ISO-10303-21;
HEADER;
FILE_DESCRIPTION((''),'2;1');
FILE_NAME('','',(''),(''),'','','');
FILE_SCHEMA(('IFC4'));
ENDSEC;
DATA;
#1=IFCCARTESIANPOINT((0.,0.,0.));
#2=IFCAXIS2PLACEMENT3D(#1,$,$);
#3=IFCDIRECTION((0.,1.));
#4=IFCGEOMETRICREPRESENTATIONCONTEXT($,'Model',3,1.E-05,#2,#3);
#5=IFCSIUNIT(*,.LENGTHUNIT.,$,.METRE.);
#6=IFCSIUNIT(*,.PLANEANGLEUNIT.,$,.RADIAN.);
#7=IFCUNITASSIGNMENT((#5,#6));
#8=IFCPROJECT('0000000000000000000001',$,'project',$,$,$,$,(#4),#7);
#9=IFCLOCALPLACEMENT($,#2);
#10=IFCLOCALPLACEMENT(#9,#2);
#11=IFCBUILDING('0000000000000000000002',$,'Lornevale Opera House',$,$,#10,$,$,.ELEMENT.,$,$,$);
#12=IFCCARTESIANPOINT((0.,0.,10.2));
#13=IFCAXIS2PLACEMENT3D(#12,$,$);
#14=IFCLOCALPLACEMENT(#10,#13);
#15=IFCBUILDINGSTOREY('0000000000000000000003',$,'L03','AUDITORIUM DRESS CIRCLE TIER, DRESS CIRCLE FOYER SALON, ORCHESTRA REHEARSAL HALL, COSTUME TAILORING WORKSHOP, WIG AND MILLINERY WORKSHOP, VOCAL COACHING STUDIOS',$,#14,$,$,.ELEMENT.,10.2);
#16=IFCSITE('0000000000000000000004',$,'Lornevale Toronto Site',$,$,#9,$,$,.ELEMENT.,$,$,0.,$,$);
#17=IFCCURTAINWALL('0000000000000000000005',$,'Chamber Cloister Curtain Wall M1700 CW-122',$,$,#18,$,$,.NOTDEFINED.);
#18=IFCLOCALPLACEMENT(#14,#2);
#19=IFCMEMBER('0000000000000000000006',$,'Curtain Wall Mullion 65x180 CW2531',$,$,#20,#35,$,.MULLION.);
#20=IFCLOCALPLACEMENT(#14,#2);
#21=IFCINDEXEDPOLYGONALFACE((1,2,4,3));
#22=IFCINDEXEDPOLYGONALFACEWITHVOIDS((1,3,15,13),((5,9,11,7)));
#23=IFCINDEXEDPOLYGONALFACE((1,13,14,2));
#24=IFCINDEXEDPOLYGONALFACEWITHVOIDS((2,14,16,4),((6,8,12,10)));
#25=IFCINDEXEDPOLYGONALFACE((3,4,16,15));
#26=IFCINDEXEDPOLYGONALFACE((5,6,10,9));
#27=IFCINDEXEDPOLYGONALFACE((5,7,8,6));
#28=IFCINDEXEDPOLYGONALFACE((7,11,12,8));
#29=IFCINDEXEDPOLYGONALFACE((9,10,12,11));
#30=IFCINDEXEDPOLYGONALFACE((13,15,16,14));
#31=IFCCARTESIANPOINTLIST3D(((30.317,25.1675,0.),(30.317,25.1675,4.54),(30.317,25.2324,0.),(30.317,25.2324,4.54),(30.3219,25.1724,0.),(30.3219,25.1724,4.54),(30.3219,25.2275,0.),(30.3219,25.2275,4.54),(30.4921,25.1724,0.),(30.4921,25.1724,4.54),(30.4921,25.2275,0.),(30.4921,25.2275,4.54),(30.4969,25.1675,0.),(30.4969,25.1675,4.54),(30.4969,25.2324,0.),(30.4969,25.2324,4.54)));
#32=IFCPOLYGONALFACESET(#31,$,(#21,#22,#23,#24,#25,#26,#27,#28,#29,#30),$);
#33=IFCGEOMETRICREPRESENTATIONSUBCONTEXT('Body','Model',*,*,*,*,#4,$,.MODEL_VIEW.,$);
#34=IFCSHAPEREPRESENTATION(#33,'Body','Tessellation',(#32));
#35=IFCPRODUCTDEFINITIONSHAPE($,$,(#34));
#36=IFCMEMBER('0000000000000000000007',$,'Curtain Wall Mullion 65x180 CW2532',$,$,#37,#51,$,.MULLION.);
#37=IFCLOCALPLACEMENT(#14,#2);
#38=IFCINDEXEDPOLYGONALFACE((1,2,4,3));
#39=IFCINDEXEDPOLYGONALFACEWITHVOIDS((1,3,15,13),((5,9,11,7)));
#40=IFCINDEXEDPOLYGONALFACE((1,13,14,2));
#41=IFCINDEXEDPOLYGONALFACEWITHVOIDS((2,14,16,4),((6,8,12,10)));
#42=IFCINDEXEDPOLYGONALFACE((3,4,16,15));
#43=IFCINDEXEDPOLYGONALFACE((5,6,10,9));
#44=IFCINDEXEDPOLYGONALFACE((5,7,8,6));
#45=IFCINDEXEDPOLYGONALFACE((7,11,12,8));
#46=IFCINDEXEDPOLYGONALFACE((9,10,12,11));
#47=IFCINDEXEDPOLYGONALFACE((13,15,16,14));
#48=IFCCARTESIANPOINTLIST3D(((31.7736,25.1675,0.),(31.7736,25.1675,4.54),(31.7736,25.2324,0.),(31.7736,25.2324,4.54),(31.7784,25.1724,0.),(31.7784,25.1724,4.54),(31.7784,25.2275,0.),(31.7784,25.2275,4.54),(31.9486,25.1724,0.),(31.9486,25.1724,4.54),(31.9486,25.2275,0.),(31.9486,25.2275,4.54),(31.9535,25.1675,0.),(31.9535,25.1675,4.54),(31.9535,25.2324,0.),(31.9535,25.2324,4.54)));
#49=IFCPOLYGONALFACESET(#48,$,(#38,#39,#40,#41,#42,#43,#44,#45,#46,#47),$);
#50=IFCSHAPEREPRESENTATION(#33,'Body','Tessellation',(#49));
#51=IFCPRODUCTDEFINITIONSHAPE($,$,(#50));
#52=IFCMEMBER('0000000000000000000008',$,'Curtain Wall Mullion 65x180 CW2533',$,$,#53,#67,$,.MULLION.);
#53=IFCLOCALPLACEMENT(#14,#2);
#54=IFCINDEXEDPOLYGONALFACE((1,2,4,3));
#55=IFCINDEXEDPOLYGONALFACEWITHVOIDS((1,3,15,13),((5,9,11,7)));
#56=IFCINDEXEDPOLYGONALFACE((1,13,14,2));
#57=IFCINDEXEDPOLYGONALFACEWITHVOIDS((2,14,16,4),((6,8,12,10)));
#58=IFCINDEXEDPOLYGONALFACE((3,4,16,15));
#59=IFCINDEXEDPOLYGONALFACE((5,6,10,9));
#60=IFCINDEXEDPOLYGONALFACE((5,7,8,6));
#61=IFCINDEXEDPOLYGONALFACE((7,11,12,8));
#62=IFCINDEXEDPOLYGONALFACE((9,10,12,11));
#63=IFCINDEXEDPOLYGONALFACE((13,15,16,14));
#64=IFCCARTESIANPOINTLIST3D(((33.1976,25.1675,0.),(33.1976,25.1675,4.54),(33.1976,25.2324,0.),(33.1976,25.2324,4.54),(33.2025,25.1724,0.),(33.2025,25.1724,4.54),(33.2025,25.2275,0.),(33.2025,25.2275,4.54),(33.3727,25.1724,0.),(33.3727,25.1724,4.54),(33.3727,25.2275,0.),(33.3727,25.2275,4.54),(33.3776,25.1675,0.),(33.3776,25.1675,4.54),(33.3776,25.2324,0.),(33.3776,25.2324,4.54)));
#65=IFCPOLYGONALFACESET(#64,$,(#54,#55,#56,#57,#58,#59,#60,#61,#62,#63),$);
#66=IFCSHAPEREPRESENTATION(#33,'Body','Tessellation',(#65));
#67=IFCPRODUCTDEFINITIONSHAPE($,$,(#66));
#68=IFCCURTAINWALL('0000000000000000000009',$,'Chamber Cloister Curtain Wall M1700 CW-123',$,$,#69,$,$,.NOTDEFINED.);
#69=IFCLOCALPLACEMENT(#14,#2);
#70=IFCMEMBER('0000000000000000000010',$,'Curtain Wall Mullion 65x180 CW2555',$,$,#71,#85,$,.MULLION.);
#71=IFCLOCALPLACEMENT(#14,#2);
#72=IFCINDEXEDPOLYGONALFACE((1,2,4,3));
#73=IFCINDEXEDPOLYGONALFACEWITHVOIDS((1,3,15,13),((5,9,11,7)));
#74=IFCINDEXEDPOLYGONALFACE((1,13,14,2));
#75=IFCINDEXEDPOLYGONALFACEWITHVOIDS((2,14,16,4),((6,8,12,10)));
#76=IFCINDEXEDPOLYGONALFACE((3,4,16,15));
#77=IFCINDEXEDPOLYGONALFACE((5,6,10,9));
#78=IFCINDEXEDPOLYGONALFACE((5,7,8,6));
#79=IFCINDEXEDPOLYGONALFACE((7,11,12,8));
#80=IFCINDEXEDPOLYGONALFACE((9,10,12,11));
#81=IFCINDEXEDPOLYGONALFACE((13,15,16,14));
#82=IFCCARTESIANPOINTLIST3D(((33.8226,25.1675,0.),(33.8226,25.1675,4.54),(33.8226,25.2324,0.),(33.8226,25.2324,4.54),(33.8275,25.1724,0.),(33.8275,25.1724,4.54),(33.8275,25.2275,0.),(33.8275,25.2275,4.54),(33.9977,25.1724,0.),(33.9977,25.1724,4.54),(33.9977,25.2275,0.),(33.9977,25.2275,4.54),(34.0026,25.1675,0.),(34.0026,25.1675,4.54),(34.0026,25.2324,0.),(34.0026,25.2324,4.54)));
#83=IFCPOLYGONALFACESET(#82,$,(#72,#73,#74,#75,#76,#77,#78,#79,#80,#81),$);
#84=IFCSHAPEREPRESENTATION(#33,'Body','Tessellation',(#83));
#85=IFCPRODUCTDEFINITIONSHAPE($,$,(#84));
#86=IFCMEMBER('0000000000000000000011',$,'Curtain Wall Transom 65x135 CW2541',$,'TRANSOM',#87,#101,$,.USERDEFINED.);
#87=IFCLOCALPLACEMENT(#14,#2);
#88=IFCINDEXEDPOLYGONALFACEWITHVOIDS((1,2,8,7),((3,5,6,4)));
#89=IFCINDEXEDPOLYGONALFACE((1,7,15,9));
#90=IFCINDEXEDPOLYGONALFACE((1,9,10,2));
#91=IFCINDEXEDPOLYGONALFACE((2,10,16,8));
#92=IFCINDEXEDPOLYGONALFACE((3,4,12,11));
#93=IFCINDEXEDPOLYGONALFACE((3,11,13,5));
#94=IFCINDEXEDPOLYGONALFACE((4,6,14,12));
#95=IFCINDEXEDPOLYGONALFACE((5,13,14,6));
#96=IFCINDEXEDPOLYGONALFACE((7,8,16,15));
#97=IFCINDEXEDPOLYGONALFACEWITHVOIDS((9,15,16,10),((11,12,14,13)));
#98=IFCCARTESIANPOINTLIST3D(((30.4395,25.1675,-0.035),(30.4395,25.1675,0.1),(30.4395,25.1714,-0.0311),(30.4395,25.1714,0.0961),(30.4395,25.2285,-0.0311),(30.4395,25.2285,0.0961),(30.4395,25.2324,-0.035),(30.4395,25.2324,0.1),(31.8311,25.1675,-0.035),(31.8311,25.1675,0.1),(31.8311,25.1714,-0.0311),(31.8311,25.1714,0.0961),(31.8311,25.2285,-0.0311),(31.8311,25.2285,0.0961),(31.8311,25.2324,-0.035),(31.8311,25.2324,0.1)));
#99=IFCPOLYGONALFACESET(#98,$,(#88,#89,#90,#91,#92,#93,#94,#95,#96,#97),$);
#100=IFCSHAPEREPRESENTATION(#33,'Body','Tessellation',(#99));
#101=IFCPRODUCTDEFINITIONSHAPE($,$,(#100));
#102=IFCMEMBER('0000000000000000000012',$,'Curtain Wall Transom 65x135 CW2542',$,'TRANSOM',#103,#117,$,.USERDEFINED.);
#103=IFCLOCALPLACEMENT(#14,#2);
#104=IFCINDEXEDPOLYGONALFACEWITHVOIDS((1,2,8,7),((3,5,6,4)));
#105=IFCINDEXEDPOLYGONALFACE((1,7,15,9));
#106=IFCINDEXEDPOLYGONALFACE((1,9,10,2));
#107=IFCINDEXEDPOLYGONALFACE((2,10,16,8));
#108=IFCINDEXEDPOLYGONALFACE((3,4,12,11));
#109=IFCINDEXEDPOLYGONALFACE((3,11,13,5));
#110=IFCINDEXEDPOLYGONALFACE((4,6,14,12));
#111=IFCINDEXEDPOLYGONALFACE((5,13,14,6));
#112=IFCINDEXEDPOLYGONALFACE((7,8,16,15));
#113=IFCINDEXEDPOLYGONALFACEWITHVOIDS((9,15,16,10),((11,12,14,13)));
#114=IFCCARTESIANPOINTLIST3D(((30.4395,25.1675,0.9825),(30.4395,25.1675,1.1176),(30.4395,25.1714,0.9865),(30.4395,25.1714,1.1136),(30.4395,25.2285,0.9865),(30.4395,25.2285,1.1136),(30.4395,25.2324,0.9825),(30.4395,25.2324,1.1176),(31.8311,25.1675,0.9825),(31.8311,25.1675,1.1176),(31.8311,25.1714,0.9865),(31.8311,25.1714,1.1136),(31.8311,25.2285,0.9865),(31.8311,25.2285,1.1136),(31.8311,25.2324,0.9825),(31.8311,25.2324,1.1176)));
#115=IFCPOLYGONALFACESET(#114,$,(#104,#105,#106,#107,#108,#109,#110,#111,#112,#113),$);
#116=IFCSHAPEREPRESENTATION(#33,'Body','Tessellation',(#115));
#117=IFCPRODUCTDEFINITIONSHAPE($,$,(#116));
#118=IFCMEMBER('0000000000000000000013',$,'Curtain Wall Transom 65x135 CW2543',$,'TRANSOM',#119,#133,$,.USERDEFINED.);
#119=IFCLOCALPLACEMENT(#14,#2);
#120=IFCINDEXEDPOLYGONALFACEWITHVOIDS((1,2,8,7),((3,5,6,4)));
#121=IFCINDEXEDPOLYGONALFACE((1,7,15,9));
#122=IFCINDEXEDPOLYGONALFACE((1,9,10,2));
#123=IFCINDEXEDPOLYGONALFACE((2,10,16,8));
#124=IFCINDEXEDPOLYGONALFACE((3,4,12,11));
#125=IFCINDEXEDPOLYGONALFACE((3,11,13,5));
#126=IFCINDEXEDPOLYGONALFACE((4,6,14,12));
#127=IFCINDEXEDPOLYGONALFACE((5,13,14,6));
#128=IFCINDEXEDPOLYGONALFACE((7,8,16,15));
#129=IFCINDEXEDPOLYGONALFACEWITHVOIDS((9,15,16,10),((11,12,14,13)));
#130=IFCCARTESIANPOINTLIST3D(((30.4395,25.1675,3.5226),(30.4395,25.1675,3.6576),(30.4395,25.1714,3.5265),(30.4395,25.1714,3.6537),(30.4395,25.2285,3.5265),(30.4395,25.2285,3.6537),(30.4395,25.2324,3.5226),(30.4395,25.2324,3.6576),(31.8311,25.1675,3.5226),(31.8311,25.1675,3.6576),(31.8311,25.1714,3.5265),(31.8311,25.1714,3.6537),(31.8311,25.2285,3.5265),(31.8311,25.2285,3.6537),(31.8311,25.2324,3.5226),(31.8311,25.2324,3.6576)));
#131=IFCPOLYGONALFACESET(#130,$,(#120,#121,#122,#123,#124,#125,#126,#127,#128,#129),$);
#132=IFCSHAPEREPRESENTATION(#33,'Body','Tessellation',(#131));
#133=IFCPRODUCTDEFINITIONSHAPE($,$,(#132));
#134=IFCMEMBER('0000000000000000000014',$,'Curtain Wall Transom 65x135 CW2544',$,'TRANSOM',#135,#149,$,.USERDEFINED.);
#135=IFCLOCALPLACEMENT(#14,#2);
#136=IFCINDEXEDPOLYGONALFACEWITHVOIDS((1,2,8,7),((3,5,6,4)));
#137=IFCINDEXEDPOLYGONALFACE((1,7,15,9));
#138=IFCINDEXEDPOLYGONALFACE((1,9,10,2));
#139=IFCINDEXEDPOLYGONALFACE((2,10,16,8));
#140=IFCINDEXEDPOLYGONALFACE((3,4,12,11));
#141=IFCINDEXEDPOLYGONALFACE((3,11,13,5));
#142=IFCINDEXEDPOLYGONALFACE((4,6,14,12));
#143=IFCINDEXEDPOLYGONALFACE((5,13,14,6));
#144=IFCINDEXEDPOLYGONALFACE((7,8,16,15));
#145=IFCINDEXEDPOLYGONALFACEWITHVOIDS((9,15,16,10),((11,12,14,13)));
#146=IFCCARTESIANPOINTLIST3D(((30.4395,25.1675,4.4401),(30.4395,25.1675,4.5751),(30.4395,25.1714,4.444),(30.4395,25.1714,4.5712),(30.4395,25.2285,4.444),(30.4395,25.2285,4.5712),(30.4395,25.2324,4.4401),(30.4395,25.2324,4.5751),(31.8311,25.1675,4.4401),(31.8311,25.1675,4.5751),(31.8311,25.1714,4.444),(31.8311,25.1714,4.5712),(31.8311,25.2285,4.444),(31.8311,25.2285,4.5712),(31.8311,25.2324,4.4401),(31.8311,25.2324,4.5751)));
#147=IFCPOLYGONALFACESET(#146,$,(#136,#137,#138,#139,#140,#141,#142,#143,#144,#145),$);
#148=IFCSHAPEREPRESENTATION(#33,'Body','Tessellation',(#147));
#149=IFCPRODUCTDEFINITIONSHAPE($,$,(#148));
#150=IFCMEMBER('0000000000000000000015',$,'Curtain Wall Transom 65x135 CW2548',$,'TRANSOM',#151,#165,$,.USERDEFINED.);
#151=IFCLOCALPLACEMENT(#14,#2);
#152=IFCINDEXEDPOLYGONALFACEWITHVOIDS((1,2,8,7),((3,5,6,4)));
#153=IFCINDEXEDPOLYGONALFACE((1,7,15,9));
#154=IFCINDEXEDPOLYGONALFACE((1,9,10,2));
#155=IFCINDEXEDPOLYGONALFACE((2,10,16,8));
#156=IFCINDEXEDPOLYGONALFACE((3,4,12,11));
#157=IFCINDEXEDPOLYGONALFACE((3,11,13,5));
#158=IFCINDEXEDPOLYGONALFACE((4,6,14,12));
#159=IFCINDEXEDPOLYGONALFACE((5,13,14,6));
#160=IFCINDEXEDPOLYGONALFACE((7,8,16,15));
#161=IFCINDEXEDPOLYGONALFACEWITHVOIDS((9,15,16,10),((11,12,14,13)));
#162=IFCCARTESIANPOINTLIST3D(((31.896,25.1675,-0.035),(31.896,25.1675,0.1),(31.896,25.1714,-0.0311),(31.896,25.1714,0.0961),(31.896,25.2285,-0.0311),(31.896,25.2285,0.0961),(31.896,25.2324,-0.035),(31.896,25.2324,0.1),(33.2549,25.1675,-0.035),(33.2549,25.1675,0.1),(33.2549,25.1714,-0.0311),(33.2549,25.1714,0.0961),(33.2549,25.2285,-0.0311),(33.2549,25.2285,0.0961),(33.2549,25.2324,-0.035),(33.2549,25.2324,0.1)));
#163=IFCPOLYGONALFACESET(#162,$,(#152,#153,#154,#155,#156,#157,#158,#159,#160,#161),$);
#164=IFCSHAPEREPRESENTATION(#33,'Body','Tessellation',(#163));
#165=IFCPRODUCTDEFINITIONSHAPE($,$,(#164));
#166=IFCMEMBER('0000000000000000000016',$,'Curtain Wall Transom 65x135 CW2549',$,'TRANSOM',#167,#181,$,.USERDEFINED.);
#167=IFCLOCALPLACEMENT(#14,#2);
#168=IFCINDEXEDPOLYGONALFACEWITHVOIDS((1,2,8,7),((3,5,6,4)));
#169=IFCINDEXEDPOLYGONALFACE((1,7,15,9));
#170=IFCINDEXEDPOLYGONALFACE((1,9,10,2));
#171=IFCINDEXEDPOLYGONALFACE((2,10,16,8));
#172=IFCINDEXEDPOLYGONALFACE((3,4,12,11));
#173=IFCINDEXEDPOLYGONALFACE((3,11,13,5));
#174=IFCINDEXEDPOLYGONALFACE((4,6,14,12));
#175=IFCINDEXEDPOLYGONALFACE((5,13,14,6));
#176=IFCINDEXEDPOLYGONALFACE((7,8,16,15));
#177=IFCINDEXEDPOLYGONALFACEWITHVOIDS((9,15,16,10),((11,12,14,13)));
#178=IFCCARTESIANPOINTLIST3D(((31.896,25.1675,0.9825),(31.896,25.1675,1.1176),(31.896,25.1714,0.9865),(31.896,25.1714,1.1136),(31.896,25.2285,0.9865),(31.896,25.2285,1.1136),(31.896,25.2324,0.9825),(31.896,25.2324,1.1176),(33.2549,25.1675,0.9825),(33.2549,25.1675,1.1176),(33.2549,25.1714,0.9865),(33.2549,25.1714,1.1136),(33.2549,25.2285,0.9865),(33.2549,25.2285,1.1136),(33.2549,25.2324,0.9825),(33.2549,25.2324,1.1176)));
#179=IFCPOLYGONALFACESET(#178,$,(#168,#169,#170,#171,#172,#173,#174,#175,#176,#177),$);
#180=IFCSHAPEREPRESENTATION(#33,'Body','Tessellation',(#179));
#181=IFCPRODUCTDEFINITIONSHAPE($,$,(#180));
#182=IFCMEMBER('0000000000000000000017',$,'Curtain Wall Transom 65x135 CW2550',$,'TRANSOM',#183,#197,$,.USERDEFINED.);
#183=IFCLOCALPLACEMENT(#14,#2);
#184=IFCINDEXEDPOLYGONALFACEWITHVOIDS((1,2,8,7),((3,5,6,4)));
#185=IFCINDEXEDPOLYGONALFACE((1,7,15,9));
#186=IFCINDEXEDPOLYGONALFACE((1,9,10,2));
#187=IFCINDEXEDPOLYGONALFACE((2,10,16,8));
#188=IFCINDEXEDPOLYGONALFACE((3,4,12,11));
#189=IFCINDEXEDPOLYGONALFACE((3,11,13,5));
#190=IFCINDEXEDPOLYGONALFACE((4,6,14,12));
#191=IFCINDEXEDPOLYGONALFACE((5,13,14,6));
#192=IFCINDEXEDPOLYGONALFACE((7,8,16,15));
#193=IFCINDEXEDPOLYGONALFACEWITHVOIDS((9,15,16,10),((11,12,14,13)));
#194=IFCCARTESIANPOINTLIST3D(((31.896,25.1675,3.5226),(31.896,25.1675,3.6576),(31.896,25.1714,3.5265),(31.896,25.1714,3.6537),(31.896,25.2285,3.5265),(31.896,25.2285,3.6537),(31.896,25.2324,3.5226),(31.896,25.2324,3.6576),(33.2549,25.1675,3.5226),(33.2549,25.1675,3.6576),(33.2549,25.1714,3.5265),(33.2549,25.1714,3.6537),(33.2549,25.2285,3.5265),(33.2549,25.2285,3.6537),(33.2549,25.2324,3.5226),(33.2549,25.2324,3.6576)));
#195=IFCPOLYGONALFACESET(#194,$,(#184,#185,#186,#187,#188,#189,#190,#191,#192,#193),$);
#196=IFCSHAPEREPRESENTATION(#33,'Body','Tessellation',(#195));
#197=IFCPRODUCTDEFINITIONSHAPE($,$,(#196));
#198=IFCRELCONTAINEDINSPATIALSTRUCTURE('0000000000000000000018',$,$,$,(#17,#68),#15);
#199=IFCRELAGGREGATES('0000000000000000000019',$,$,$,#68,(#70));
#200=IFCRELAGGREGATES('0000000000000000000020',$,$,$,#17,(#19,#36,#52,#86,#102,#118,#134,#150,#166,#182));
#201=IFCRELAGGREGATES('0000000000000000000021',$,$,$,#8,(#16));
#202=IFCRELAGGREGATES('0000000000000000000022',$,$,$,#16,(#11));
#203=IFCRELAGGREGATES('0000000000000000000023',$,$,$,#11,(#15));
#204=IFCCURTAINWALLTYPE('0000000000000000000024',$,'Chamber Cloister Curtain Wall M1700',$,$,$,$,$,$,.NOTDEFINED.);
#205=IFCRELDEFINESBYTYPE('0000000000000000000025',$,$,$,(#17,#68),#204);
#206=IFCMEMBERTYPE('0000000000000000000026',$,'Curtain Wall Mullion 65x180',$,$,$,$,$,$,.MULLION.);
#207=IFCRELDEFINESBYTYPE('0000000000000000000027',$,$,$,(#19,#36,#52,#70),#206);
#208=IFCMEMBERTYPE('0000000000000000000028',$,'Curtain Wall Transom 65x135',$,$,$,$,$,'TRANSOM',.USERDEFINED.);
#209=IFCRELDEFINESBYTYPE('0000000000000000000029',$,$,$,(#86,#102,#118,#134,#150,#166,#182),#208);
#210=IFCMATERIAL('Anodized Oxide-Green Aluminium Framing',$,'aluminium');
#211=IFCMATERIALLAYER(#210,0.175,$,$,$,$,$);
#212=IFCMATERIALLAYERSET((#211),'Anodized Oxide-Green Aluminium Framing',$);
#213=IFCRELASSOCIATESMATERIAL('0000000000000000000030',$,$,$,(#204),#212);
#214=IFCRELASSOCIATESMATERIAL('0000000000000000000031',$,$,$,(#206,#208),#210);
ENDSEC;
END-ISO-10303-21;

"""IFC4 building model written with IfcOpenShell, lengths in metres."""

from ifc_helpers import new_model, si_unit, direction, frame, origin, origin_2d, place, context, subcontext, project, spatial, hollow_rectangle, extrude, material, layer, layer_set, material_profile, profile_set, type_object, element, aggregate, save


model = new_model("IFC4")

# Units and contexts
model_context = context("Model", 3, precision=1e-05, world=origin(), true_north=direction((0.0, 1.0)))
body_context = subcontext(model_context, "Body", "Model", "MODEL_VIEW")
ifc_project = project(units=[si_unit("LENGTHUNIT", "METRE"), si_unit("PLANEANGLEUNIT", "RADIAN")], contexts=[model_context])

# Site, building, storey
site_placement = place(None, origin())
site = spatial("IfcSite", under=ifc_project, at=site_placement, Name="Lornevale Toronto Site", CompositionType="ELEMENT", RefElevation=0.0)
building_placement = place(site_placement, origin())
building = spatial("IfcBuilding", under=site, at=building_placement, Name="Lornevale Opera House", CompositionType="ELEMENT")
storey_placement = place(building_placement, frame((0.0, 0.0, 10.2)))
storey = spatial("IfcBuildingStorey", under=building, at=storey_placement, Name="L03", Description="AUDITORIUM DRESS CIRCLE TIER, DRESS CIRCLE FOYER SALON, ORCHESTRA REHEARSAL HALL, COSTUME TAILORING WORKSHOP, WIG AND MILLINERY WORKSHOP, VOCAL COACHING STUDIOS", CompositionType="ELEMENT", Elevation=10.2)

# Curtain wall, members
ifc_material_1 = material(Name="Anodized Oxide-Green Aluminium Framing", Category="aluminium")
ifc_layer_1 = layer(ifc_material_1, 0.175)
ifc_layer_set_1 = layer_set([ifc_layer_1], Name="Anodized Oxide-Green Aluminium Framing")
curtain_wall_type = type_object("IfcCurtainWallType", Name="Chamber Cloister Curtain Wall M1700", PredefinedType="NOTDEFINED", material=ifc_layer_set_1)
curtain_wall_1_placement = place(storey_placement, origin())
curtain_wall_1 = element("IfcCurtainWall", 1, at=curtain_wall_1_placement, inside=storey, type_object=curtain_wall_type, Name="Chamber Cloister Curtain Wall M1700 CW-122", PredefinedType="NOTDEFINED")
ifc_material_profile_1 = material_profile(ifc_material_1, hollow_rectangle(XDim=0.0649, YDim=0.1799, WallThickness=0.0049, at=origin_2d()), Name="ALU65x180x5")
ifc_profile_set_1 = profile_set([ifc_material_profile_1], Name="Anodized Oxide-Green Aluminium Framing")
member_type_1 = type_object("IfcMemberType", Name="Curtain Wall Mullion 65x180", PredefinedType="MULLION", material=ifc_profile_set_1)
member_1_placement = place(storey_placement, frame((30.407, 25.2, 0.0), z_axis=(0.0, 0.0, 1.0), x_axis=(0.0, 1.0, 0.0)))
member_1 = element("IfcMember", 2, at=member_1_placement, type_object=member_type_1, Name="Curtain Wall Mullion 65x180 CW2531", PredefinedType="MULLION", context=body_context, shape_type="SweptSolid", body=[
    extrude(hollow_rectangle(XDim=0.0649, YDim=0.1799, WallThickness=0.0049, at=origin_2d()), origin(), (0.0, 0.0, 1.0), 4.54),
])
member_2_placement = place(storey_placement, frame((31.8635, 25.2, 0.0), z_axis=(0.0, 0.0, 1.0), x_axis=(0.0, 1.0, 0.0)))
member_2 = element("IfcMember", 3, at=member_2_placement, type_object=member_type_1, Name="Curtain Wall Mullion 65x180 CW2532", PredefinedType="MULLION", context=body_context, shape_type="SweptSolid", body=[
    extrude(hollow_rectangle(XDim=0.0649, YDim=0.1799, WallThickness=0.0049, at=origin_2d()), origin(), (0.0, 0.0, 1.0), 4.54),
])
member_3_placement = place(storey_placement, frame((33.2876, 25.2, 0.0), z_axis=(0.0, 0.0, 1.0), x_axis=(0.0, 1.0, 0.0)))
member_3 = element("IfcMember", 4, at=member_3_placement, type_object=member_type_1, Name="Curtain Wall Mullion 65x180 CW2533", PredefinedType="MULLION", context=body_context, shape_type="SweptSolid", body=[
    extrude(hollow_rectangle(XDim=0.0649, YDim=0.1799, WallThickness=0.0049, at=origin_2d()), origin(), (0.0, 0.0, 1.0), 4.54),
])

# Curtain wall, member
curtain_wall_2_placement = place(storey_placement, origin())
curtain_wall_2 = element("IfcCurtainWall", 5, at=curtain_wall_2_placement, inside=storey, type_object=curtain_wall_type, Name="Chamber Cloister Curtain Wall M1700 CW-123", PredefinedType="NOTDEFINED")
member_4_placement = place(storey_placement, frame((33.9126, 25.2, 0.0), z_axis=(0.0, 0.0, 1.0), x_axis=(0.0, 1.0, 0.0)))
member_4 = element("IfcMember", 6, at=member_4_placement, type_object=member_type_1, Name="Curtain Wall Mullion 65x180 CW2555", PredefinedType="MULLION", context=body_context, shape_type="SweptSolid", body=[
    extrude(hollow_rectangle(XDim=0.0649, YDim=0.1799, WallThickness=0.0049, at=origin_2d()), origin(), (0.0, 0.0, 1.0), 4.54),
])
aggregate(curtain_wall_2, [member_4])

# Members
ifc_material_profile_2 = material_profile(ifc_material_1, hollow_rectangle(XDim=0.0649, YDim=0.135, WallThickness=0.0039, at=origin_2d()), Name="ALU65x135x4")
ifc_profile_set_2 = profile_set([ifc_material_profile_2], Name="Anodized Oxide-Green Aluminium Framing")
member_type_2 = type_object("IfcMemberType", Name="Curtain Wall Transom 65x135", ElementType="TRANSOM", PredefinedType="USERDEFINED", material=ifc_profile_set_2)
member_5_placement = place(storey_placement, frame((30.4395, 25.2, 0.0325), z_axis=(1.0, 0.0, 0.0), x_axis=(0.0, 1.0, 0.0)))
member_5 = element("IfcMember", 7, at=member_5_placement, type_object=member_type_2, Name="Curtain Wall Transom 65x135 CW2541", ObjectType="TRANSOM", PredefinedType="USERDEFINED", context=body_context, shape_type="SweptSolid", body=[
    extrude(hollow_rectangle(XDim=0.0649, YDim=0.135, WallThickness=0.0039, at=origin_2d()), origin(), (0.0, 0.0, 1.0), 1.3916),
])
member_6_placement = place(storey_placement, frame((30.4395, 25.2, 1.05), z_axis=(1.0, 0.0, 0.0), x_axis=(0.0, 1.0, 0.0)))
member_6 = element("IfcMember", 8, at=member_6_placement, type_object=member_type_2, Name="Curtain Wall Transom 65x135 CW2542", ObjectType="TRANSOM", PredefinedType="USERDEFINED", context=body_context, shape_type="SweptSolid", body=[
    extrude(hollow_rectangle(XDim=0.0649, YDim=0.135, WallThickness=0.0039, at=origin_2d()), origin(), (0.0, 0.0, 1.0), 1.3916),
])
member_7_placement = place(storey_placement, frame((30.4395, 25.2, 3.5901), z_axis=(1.0, 0.0, 0.0), x_axis=(0.0, 1.0, 0.0)))
member_7 = element("IfcMember", 9, at=member_7_placement, type_object=member_type_2, Name="Curtain Wall Transom 65x135 CW2543", ObjectType="TRANSOM", PredefinedType="USERDEFINED", context=body_context, shape_type="SweptSolid", body=[
    extrude(hollow_rectangle(XDim=0.0649, YDim=0.135, WallThickness=0.0039, at=origin_2d()), origin(), (0.0, 0.0, 1.0), 1.3916),
])
member_8_placement = place(storey_placement, frame((30.4395, 25.2, 4.5076), z_axis=(1.0, 0.0, 0.0), x_axis=(0.0, 1.0, 0.0)))
member_8 = element("IfcMember", 10, at=member_8_placement, type_object=member_type_2, Name="Curtain Wall Transom 65x135 CW2544", ObjectType="TRANSOM", PredefinedType="USERDEFINED", context=body_context, shape_type="SweptSolid", body=[
    extrude(hollow_rectangle(XDim=0.0649, YDim=0.135, WallThickness=0.0039, at=origin_2d()), origin(), (0.0, 0.0, 1.0), 1.3916),
])
member_9_placement = place(storey_placement, frame((31.896, 25.2, 0.0325), z_axis=(1.0, 0.0, 0.0), x_axis=(0.0, 1.0, 0.0)))
member_9 = element("IfcMember", 11, at=member_9_placement, type_object=member_type_2, Name="Curtain Wall Transom 65x135 CW2548", ObjectType="TRANSOM", PredefinedType="USERDEFINED", context=body_context, shape_type="SweptSolid", body=[
    extrude(hollow_rectangle(XDim=0.0649, YDim=0.135, WallThickness=0.0039, at=origin_2d()), origin(), (0.0, 0.0, 1.0), 1.3589),
])
member_10_placement = place(storey_placement, frame((31.896, 25.2, 1.05), z_axis=(1.0, 0.0, 0.0), x_axis=(0.0, 1.0, 0.0)))
member_10 = element("IfcMember", 12, at=member_10_placement, type_object=member_type_2, Name="Curtain Wall Transom 65x135 CW2549", ObjectType="TRANSOM", PredefinedType="USERDEFINED", context=body_context, shape_type="SweptSolid", body=[
    extrude(hollow_rectangle(XDim=0.0649, YDim=0.135, WallThickness=0.0039, at=origin_2d()), origin(), (0.0, 0.0, 1.0), 1.3589),
])
member_11_placement = place(storey_placement, frame((31.896, 25.2, 3.5901), z_axis=(1.0, 0.0, 0.0), x_axis=(0.0, 1.0, 0.0)))
member_11 = element("IfcMember", 13, at=member_11_placement, type_object=member_type_2, Name="Curtain Wall Transom 65x135 CW2550", ObjectType="TRANSOM", PredefinedType="USERDEFINED", context=body_context, shape_type="SweptSolid", body=[
    extrude(hollow_rectangle(XDim=0.0649, YDim=0.135, WallThickness=0.0039, at=origin_2d()), origin(), (0.0, 0.0, 1.0), 1.3589),
])

aggregate(curtain_wall_1, [member_1, member_2, member_3, member_5, member_6, member_7, member_8, member_9, member_10, member_11])

save(model, "model.ifc")
